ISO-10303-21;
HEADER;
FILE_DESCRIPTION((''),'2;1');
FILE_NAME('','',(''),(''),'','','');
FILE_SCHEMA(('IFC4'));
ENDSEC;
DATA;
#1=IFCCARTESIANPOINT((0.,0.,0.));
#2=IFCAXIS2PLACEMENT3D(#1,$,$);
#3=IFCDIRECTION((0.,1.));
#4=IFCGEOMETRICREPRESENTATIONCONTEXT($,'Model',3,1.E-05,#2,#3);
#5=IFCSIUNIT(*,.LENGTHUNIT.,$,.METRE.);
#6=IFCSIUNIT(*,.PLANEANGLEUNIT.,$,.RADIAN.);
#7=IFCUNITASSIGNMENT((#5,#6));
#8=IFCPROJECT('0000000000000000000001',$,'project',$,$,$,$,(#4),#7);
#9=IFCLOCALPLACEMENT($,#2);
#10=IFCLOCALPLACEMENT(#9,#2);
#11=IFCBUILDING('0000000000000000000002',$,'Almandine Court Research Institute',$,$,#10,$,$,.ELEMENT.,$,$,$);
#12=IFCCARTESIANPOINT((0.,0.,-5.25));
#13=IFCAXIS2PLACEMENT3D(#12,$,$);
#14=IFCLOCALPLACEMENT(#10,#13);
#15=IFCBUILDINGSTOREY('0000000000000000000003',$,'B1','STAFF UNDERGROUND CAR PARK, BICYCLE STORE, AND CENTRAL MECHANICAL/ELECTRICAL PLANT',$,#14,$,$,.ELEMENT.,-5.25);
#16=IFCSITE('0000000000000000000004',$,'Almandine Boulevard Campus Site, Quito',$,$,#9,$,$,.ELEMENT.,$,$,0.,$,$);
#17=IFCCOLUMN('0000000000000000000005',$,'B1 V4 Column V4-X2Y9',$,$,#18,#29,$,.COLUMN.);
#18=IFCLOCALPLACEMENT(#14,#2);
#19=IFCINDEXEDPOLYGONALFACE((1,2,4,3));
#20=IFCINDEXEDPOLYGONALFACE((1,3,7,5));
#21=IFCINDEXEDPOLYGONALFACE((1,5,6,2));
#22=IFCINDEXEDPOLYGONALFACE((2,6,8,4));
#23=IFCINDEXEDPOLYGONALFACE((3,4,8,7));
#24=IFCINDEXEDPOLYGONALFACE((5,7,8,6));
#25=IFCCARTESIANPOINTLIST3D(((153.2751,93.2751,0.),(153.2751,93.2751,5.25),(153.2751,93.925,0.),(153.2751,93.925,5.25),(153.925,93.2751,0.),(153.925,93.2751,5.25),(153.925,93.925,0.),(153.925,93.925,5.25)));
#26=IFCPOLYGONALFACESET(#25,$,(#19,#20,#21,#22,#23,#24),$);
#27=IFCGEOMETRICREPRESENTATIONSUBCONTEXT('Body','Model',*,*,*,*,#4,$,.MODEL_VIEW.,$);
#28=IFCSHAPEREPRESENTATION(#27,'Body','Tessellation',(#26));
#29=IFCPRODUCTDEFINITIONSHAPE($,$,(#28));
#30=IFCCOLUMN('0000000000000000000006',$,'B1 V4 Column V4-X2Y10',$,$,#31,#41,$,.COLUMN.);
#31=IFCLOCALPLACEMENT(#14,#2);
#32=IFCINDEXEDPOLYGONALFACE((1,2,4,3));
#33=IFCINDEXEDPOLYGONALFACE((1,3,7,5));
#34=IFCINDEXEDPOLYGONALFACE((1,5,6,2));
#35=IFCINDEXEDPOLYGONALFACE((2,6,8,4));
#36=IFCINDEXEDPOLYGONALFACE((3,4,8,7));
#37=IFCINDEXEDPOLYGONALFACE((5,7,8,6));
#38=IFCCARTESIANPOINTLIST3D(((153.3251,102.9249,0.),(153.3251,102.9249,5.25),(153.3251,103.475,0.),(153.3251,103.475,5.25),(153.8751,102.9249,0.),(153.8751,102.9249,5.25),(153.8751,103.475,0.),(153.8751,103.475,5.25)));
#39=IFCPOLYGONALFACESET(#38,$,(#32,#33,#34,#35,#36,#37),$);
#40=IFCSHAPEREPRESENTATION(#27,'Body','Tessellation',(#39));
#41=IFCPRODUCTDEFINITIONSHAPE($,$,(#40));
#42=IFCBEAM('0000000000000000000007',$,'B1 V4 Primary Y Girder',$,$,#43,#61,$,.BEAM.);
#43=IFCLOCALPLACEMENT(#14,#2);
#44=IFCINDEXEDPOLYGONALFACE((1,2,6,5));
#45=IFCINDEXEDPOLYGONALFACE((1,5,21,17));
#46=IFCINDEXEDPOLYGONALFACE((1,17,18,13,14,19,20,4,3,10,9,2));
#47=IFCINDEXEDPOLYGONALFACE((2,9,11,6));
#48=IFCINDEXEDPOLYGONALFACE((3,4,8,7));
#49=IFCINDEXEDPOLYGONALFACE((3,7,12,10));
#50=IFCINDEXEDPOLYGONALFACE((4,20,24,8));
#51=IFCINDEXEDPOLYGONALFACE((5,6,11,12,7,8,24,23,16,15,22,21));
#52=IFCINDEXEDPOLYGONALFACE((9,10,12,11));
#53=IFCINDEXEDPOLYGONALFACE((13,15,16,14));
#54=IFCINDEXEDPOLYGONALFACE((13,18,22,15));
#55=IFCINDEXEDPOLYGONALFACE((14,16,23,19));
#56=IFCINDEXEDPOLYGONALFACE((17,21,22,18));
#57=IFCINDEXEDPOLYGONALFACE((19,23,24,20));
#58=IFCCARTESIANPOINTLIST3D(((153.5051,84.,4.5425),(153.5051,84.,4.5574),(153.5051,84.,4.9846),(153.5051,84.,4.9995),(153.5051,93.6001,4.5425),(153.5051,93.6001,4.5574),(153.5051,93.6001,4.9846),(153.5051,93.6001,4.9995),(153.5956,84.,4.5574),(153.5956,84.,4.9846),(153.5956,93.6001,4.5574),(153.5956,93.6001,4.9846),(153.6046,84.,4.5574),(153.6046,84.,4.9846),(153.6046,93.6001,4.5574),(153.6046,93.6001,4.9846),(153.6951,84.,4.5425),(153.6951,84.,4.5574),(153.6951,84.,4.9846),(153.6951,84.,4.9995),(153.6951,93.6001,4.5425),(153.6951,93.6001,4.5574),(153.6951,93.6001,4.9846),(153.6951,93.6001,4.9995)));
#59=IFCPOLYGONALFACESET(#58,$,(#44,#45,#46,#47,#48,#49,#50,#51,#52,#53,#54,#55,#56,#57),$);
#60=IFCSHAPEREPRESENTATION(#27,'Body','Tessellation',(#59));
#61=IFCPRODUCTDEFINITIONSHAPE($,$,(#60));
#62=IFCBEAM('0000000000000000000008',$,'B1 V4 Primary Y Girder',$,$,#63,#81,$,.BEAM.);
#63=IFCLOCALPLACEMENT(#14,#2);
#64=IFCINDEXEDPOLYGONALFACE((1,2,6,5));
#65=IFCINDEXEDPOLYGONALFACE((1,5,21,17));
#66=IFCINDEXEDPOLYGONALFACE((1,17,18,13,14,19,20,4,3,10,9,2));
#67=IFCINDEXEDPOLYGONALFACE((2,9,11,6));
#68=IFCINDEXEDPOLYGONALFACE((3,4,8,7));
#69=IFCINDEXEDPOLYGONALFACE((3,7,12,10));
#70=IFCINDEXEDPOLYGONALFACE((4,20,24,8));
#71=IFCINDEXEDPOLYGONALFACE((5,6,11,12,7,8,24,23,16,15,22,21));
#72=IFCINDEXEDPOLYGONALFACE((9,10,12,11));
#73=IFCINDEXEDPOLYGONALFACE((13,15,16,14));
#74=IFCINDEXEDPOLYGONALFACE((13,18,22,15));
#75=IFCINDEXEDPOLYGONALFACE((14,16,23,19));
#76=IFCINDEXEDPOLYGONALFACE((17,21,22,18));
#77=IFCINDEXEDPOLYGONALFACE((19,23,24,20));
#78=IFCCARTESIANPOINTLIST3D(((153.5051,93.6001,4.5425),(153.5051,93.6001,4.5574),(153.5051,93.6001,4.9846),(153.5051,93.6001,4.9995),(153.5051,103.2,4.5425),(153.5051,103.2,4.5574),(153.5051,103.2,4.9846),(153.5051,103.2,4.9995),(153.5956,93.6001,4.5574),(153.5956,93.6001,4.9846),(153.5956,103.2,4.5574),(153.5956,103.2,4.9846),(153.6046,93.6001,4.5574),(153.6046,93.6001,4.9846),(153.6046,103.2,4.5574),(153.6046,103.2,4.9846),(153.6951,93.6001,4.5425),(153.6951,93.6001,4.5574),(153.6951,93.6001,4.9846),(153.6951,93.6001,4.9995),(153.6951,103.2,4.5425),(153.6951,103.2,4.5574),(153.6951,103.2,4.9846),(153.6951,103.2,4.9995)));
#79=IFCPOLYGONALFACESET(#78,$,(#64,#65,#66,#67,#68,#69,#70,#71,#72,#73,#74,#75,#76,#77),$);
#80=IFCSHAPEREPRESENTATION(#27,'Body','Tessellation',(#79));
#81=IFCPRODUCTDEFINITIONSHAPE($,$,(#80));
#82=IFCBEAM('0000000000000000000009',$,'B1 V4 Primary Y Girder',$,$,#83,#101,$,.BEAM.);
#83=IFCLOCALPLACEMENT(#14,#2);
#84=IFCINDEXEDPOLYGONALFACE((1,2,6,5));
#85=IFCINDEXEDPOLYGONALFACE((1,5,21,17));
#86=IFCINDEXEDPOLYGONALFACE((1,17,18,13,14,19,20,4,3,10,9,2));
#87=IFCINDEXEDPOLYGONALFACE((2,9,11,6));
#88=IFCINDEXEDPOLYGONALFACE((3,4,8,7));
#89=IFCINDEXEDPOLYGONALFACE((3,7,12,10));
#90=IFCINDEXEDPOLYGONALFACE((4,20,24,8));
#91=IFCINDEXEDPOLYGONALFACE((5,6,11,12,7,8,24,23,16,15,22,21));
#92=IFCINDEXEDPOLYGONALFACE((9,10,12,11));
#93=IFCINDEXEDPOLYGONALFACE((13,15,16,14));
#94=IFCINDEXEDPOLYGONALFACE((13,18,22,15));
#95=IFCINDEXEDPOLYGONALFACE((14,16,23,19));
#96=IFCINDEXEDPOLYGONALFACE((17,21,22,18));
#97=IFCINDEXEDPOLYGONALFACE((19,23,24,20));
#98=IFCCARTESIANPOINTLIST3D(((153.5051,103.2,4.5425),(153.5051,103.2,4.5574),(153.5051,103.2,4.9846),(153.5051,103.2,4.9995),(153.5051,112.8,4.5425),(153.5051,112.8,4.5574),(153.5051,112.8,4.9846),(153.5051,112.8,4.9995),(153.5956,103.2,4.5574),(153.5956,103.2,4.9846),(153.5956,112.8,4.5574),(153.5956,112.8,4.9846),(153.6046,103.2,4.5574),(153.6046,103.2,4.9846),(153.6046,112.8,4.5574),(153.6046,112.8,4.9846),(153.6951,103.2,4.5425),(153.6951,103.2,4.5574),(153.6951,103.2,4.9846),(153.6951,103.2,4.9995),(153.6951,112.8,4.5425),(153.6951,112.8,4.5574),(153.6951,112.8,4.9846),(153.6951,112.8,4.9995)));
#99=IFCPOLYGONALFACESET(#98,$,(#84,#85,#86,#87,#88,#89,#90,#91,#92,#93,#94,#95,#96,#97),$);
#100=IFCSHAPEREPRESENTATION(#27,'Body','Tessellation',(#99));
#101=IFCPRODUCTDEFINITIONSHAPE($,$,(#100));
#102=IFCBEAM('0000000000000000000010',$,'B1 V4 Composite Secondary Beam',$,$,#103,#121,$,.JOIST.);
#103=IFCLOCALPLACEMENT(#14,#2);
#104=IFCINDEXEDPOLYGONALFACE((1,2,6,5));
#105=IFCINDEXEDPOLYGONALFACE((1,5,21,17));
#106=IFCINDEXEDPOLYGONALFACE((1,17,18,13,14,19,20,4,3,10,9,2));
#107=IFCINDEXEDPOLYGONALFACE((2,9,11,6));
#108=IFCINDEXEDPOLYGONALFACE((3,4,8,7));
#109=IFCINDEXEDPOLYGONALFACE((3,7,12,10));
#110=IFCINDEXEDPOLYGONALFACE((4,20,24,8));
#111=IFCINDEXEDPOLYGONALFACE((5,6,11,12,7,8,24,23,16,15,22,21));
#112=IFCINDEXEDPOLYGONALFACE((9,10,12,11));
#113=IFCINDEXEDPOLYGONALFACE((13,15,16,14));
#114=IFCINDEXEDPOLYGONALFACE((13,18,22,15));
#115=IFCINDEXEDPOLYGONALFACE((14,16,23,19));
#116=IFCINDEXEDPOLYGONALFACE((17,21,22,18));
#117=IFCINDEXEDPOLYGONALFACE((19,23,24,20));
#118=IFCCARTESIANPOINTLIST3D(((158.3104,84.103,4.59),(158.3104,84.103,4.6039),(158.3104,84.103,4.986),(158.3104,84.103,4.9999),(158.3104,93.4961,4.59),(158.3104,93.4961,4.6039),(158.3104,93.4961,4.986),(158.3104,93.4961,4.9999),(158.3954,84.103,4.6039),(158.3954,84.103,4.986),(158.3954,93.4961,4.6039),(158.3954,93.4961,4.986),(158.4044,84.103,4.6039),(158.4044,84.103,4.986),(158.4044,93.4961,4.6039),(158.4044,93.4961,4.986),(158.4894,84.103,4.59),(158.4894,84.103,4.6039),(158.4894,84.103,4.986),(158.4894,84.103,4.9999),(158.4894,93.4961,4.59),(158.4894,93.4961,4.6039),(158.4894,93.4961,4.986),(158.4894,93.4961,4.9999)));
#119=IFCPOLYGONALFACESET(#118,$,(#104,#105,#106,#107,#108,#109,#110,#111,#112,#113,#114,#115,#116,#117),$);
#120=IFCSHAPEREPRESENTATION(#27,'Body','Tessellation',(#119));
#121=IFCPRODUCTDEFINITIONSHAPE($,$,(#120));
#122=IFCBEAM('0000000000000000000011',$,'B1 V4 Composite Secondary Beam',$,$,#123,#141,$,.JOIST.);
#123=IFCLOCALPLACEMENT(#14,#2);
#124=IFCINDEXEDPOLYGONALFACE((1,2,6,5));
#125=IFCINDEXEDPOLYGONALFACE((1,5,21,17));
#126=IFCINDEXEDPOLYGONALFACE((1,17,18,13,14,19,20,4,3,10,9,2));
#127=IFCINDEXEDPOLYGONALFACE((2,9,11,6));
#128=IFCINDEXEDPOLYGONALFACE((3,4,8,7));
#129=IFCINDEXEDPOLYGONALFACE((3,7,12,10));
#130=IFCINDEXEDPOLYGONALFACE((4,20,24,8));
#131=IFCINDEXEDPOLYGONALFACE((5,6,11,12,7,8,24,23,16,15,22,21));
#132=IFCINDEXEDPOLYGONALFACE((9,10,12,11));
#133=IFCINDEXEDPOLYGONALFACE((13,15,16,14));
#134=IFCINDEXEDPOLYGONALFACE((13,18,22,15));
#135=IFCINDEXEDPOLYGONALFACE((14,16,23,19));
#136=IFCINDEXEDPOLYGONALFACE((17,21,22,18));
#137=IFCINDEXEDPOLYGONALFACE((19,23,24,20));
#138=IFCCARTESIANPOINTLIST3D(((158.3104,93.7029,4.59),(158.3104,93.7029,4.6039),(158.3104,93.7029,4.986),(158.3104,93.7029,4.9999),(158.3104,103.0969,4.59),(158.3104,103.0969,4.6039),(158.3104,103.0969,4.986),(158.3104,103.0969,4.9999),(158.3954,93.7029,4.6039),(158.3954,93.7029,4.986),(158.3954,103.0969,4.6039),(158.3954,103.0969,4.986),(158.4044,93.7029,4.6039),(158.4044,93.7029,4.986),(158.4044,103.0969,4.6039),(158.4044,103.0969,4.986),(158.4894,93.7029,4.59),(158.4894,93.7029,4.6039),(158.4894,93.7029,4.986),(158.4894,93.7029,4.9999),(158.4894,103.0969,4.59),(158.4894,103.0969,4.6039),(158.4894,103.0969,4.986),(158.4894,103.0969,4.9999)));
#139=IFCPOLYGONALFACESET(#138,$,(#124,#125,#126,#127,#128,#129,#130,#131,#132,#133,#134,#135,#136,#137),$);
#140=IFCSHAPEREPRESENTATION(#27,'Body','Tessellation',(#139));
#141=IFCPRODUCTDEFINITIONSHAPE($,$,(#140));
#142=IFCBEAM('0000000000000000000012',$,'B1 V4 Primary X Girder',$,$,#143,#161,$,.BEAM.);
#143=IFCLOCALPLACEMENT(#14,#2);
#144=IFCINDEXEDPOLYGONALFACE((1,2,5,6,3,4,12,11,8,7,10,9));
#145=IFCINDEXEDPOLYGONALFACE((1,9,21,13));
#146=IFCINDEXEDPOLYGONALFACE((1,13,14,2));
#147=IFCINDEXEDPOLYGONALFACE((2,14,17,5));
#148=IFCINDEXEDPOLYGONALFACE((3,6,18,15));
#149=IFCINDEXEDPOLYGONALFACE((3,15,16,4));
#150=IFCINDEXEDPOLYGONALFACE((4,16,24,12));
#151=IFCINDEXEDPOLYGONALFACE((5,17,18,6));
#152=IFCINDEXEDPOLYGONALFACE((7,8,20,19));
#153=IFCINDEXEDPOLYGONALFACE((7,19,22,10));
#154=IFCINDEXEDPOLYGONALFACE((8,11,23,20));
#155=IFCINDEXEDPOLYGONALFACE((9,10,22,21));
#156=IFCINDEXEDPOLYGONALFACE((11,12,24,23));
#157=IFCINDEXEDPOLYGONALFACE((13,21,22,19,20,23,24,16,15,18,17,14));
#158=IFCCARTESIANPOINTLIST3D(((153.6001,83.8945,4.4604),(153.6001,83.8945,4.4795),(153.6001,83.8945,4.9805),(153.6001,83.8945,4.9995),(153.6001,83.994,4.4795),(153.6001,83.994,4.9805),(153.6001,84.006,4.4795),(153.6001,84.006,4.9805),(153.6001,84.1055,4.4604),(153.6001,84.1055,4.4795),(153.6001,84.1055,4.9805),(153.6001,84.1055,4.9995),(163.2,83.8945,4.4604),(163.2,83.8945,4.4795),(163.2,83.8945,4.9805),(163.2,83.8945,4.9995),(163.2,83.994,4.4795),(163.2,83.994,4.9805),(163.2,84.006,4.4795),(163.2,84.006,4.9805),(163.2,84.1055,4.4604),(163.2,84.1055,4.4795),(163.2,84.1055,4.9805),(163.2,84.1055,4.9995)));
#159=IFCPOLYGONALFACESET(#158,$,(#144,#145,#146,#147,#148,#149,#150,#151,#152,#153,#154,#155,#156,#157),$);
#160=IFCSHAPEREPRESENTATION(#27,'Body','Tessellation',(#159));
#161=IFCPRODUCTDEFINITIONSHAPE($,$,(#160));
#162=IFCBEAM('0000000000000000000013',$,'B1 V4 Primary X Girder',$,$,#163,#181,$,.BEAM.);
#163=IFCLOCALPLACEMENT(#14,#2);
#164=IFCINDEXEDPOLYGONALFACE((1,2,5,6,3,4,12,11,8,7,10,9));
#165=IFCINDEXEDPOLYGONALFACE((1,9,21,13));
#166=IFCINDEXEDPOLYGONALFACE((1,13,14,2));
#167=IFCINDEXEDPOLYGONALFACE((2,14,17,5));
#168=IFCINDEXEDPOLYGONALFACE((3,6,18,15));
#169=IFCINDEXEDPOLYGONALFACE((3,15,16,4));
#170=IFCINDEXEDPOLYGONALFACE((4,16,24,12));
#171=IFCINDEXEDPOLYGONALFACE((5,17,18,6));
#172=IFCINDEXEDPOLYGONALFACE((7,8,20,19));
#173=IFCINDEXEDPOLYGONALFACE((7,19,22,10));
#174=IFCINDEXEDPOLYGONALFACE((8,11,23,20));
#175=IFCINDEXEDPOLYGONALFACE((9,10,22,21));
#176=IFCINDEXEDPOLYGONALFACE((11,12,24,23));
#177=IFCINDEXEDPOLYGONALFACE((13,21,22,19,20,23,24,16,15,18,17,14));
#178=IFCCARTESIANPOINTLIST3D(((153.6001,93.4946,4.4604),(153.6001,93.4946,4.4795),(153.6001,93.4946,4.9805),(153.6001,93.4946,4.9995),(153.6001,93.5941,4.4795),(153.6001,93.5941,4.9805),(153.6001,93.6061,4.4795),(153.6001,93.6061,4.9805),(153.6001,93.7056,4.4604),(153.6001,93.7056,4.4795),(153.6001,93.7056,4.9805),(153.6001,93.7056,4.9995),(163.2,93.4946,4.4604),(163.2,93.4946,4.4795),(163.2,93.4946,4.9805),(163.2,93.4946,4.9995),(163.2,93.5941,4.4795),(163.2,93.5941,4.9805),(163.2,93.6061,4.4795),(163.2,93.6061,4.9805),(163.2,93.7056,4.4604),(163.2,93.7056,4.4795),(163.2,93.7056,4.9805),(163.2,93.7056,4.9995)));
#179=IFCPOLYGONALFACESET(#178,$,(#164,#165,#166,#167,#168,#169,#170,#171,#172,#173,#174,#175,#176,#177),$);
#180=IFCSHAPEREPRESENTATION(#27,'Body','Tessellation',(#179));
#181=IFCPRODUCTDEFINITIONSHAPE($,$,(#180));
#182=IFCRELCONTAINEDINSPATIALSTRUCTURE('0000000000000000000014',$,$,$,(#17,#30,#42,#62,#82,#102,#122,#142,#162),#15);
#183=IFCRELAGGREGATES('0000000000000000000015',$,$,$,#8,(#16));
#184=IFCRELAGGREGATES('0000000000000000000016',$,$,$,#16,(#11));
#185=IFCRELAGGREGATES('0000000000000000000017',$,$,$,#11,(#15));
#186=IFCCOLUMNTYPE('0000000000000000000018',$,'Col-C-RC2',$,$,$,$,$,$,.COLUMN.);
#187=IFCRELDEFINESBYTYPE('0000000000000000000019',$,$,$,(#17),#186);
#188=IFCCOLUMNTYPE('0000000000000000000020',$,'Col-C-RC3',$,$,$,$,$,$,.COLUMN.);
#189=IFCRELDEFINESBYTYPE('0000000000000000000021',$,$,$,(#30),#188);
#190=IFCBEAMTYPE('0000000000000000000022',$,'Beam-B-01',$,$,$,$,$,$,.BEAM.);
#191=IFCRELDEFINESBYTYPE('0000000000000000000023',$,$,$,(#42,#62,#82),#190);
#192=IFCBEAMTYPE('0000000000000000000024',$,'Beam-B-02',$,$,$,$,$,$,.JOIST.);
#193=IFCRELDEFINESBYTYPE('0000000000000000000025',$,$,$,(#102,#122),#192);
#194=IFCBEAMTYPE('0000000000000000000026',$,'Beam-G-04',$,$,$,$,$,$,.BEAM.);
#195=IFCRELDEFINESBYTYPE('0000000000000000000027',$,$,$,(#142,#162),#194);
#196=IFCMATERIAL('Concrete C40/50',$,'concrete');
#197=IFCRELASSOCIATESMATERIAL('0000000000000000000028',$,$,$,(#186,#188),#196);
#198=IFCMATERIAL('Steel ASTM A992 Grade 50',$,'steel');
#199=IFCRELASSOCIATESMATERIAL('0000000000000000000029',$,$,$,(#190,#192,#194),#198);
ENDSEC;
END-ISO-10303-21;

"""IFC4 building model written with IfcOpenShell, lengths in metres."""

from ifc_helpers import new_model, si_unit, direction, frame, origin, origin_2d, place, context, subcontext, project, spatial, rectangle, i_section, extrude, material, material_profile, profile_set, type_object, element, save


model = new_model("IFC4")

# Units and contexts
model_context = context("Model", 3, precision=1e-05, world=origin(), true_north=direction((0.0, 1.0)))
body_context = subcontext(model_context, "Body", "Model", "MODEL_VIEW")
ifc_project = project(units=[si_unit("LENGTHUNIT", "METRE"), si_unit("PLANEANGLEUNIT", "RADIAN")], contexts=[model_context])

# Site, building, storey
site_placement = place(None, origin())
site = spatial("IfcSite", under=ifc_project, at=site_placement, Name="Almandine Boulevard Campus Site, Quito", CompositionType="ELEMENT", RefElevation=0.0)
building_placement = place(site_placement, origin())
building = spatial("IfcBuilding", under=site, at=building_placement, Name="Almandine Court Research Institute", CompositionType="ELEMENT")
storey_placement = place(building_placement, frame((0.0, 0.0, -5.25)))
storey = spatial("IfcBuildingStorey", under=building, at=storey_placement, Name="B1", Description="STAFF UNDERGROUND CAR PARK, BICYCLE STORE, AND CENTRAL MECHANICAL/ELECTRICAL PLANT", CompositionType="ELEMENT", Elevation=-5.25)

# Columns
ifc_material_1 = material(Name="Concrete C40/50", Category="concrete")
ifc_material_profile_1 = material_profile(ifc_material_1, rectangle(XDim=0.6499, YDim=0.6499, at=origin_2d()), Name="RC 650x650")
ifc_profile_set_1 = profile_set([ifc_material_profile_1], Name="Concrete C40/50")
column_type_1 = type_object("IfcColumnType", Name="Col-C-RC2", PredefinedType="COLUMN", material=ifc_profile_set_1)
column_1_placement = place(storey_placement, frame((153.6001, 93.6001, 0.0), z_axis=(0.0, 0.0, 1.0), x_axis=(1.0, 0.0, 0.0)))
element("IfcColumn", 1, at=column_1_placement, inside=storey, type_object=column_type_1, Name="B1 V4 Column V4-X2Y9", PredefinedType="COLUMN", context=body_context, shape_type="SweptSolid", body=[
    extrude(rectangle(XDim=0.6499, YDim=0.6499, at=origin_2d()), origin(), (0.0, 0.0, 1.0), 5.25),
])
ifc_material_profile_2 = material_profile(ifc_material_1, rectangle(XDim=0.55, YDim=0.55, at=origin_2d()), Name="RC 550x550")
ifc_profile_set_2 = profile_set([ifc_material_profile_2], Name="Concrete C40/50")
column_type_2 = type_object("IfcColumnType", Name="Col-C-RC3", PredefinedType="COLUMN", material=ifc_profile_set_2)
column_2_placement = place(storey_placement, frame((153.6001, 103.2, 0.0), z_axis=(0.0, 0.0, 1.0), x_axis=(1.0, 0.0, 0.0)))
element("IfcColumn", 2, at=column_2_placement, inside=storey, type_object=column_type_2, Name="B1 V4 Column V4-X2Y10", PredefinedType="COLUMN", context=body_context, shape_type="SweptSolid", body=[
    extrude(rectangle(XDim=0.55, YDim=0.55, at=origin_2d()), origin(), (0.0, 0.0, 1.0), 5.25),
])

# Beams
ifc_material_2 = material(Name="Steel ASTM A992 Grade 50", Category="steel")
ifc_material_profile_3 = material_profile(ifc_material_2, i_section(OverallWidth=0.1899, OverallDepth=0.457, WebThickness=0.009, FlangeThickness=0.0149, at=origin_2d()), Name="W460x74")
ifc_profile_set_3 = profile_set([ifc_material_profile_3], Name="Steel ASTM A992 Grade 50")
beam_type_1 = type_object("IfcBeamType", Name="Beam-B-01", PredefinedType="BEAM", material=ifc_profile_set_3)
beam_1_placement = place(storey_placement, frame((153.6001, 84.0, 4.771), z_axis=(0.0, 1.0, 0.0), x_axis=(-1.0, 0.0, 0.0)))
element("IfcBeam", 3, at=beam_1_placement, inside=storey, type_object=beam_type_1, Name="B1 V4 Primary Y Girder", PredefinedType="BEAM", context=body_context, shape_type="SweptSolid", body=[
    extrude(i_section(OverallWidth=0.1899, OverallDepth=0.457, WebThickness=0.009, FlangeThickness=0.0149, at=origin_2d()), origin(), (0.0, 0.0, 1.0), 9.6001),
])
beam_2_placement = place(storey_placement, frame((153.6001, 93.6001, 4.771), z_axis=(0.0, 1.0, 0.0), x_axis=(-1.0, 0.0, 0.0)))
element("IfcBeam", 4, at=beam_2_placement, inside=storey, type_object=beam_type_1, Name="B1 V4 Primary Y Girder", PredefinedType="BEAM", context=body_context, shape_type="SweptSolid", body=[
    extrude(i_section(OverallWidth=0.1899, OverallDepth=0.457, WebThickness=0.009, FlangeThickness=0.0149, at=origin_2d()), origin(), (0.0, 0.0, 1.0), 9.5999),
])
beam_3_placement = place(storey_placement, frame((153.6001, 103.2, 4.771), z_axis=(0.0, 1.0, 0.0), x_axis=(-1.0, 0.0, 0.0)))
element("IfcBeam", 5, at=beam_3_placement, inside=storey, type_object=beam_type_1, Name="B1 V4 Primary Y Girder", PredefinedType="BEAM", context=body_context, shape_type="SweptSolid", body=[
    extrude(i_section(OverallWidth=0.1899, OverallDepth=0.457, WebThickness=0.009, FlangeThickness=0.0149, at=origin_2d()), origin(), (0.0, 0.0, 1.0), 9.6001),
])
ifc_material_profile_4 = material_profile(ifc_material_2, i_section(OverallWidth=0.179, OverallDepth=0.4099, WebThickness=0.009, FlangeThickness=0.0139, at=origin_2d()), Name="W410x67")
ifc_profile_set_4 = profile_set([ifc_material_profile_4], Name="Steel ASTM A992 Grade 50")
beam_type_2 = type_object("IfcBeamType", Name="Beam-B-02", PredefinedType="JOIST", material=ifc_profile_set_4)
beam_4_placement = place(storey_placement, frame((158.3999, 84.103, 4.7949), z_axis=(0.0, 1.0, 0.0), x_axis=(-1.0, 0.0, 0.0)))
element("IfcBeam", 6, at=beam_4_placement, inside=storey, type_object=beam_type_2, Name="B1 V4 Composite Secondary Beam", PredefinedType="JOIST", context=body_context, shape_type="SweptSolid", body=[
    extrude(i_section(OverallWidth=0.179, OverallDepth=0.4099, WebThickness=0.009, FlangeThickness=0.0139, at=origin_2d()), origin(), (0.0, 0.0, 1.0), 9.3931),
])
beam_5_placement = place(storey_placement, frame((158.3999, 93.7029, 4.7949), z_axis=(0.0, 1.0, 0.0), x_axis=(-1.0, 0.0, 0.0)))
element("IfcBeam", 7, at=beam_5_placement, inside=storey, type_object=beam_type_2, Name="B1 V4 Composite Secondary Beam", PredefinedType="JOIST", context=body_context, shape_type="SweptSolid", body=[
    extrude(i_section(OverallWidth=0.179, OverallDepth=0.4099, WebThickness=0.009, FlangeThickness=0.0139, at=origin_2d()), origin(), (0.0, 0.0, 1.0), 9.394),
])
ifc_material_profile_5 = material_profile(ifc_material_2, i_section(OverallWidth=0.2109, OverallDepth=0.5391, WebThickness=0.012, FlangeThickness=0.019, at=origin_2d()), Name="W530x109")
ifc_profile_set_5 = profile_set([ifc_material_profile_5], Name="Steel ASTM A992 Grade 50")
beam_type_3 = type_object("IfcBeamType", Name="Beam-G-04", PredefinedType="BEAM", material=ifc_profile_set_5)
for number, where, z_axis, x_axis, name in (
    (8, (153.6001, 84.0, 4.73), (1.0, 0.0, 0.0), (0.0, 1.0, 0.0), "B1 V4 Primary X Girder"),
    (9, (153.6001, 93.6001, 4.73), (1.0, 0.0, 0.0), (0.0, 1.0, 0.0), "B1 V4 Primary X Girder"),
):
    element("IfcBeam", number, at=place(storey_placement, frame(where, z_axis=z_axis, x_axis=x_axis)), inside=storey, type_object=beam_type_3, Name=name, PredefinedType="BEAM", context=body_context, shape_type="SweptSolid", body=[
        extrude(i_section(OverallWidth=0.2109, OverallDepth=0.5391, WebThickness=0.012, FlangeThickness=0.019, at=origin_2d()), origin(), (0.0, 0.0, 1.0), 9.5999),
    ])

save(model, "model.ifc")
